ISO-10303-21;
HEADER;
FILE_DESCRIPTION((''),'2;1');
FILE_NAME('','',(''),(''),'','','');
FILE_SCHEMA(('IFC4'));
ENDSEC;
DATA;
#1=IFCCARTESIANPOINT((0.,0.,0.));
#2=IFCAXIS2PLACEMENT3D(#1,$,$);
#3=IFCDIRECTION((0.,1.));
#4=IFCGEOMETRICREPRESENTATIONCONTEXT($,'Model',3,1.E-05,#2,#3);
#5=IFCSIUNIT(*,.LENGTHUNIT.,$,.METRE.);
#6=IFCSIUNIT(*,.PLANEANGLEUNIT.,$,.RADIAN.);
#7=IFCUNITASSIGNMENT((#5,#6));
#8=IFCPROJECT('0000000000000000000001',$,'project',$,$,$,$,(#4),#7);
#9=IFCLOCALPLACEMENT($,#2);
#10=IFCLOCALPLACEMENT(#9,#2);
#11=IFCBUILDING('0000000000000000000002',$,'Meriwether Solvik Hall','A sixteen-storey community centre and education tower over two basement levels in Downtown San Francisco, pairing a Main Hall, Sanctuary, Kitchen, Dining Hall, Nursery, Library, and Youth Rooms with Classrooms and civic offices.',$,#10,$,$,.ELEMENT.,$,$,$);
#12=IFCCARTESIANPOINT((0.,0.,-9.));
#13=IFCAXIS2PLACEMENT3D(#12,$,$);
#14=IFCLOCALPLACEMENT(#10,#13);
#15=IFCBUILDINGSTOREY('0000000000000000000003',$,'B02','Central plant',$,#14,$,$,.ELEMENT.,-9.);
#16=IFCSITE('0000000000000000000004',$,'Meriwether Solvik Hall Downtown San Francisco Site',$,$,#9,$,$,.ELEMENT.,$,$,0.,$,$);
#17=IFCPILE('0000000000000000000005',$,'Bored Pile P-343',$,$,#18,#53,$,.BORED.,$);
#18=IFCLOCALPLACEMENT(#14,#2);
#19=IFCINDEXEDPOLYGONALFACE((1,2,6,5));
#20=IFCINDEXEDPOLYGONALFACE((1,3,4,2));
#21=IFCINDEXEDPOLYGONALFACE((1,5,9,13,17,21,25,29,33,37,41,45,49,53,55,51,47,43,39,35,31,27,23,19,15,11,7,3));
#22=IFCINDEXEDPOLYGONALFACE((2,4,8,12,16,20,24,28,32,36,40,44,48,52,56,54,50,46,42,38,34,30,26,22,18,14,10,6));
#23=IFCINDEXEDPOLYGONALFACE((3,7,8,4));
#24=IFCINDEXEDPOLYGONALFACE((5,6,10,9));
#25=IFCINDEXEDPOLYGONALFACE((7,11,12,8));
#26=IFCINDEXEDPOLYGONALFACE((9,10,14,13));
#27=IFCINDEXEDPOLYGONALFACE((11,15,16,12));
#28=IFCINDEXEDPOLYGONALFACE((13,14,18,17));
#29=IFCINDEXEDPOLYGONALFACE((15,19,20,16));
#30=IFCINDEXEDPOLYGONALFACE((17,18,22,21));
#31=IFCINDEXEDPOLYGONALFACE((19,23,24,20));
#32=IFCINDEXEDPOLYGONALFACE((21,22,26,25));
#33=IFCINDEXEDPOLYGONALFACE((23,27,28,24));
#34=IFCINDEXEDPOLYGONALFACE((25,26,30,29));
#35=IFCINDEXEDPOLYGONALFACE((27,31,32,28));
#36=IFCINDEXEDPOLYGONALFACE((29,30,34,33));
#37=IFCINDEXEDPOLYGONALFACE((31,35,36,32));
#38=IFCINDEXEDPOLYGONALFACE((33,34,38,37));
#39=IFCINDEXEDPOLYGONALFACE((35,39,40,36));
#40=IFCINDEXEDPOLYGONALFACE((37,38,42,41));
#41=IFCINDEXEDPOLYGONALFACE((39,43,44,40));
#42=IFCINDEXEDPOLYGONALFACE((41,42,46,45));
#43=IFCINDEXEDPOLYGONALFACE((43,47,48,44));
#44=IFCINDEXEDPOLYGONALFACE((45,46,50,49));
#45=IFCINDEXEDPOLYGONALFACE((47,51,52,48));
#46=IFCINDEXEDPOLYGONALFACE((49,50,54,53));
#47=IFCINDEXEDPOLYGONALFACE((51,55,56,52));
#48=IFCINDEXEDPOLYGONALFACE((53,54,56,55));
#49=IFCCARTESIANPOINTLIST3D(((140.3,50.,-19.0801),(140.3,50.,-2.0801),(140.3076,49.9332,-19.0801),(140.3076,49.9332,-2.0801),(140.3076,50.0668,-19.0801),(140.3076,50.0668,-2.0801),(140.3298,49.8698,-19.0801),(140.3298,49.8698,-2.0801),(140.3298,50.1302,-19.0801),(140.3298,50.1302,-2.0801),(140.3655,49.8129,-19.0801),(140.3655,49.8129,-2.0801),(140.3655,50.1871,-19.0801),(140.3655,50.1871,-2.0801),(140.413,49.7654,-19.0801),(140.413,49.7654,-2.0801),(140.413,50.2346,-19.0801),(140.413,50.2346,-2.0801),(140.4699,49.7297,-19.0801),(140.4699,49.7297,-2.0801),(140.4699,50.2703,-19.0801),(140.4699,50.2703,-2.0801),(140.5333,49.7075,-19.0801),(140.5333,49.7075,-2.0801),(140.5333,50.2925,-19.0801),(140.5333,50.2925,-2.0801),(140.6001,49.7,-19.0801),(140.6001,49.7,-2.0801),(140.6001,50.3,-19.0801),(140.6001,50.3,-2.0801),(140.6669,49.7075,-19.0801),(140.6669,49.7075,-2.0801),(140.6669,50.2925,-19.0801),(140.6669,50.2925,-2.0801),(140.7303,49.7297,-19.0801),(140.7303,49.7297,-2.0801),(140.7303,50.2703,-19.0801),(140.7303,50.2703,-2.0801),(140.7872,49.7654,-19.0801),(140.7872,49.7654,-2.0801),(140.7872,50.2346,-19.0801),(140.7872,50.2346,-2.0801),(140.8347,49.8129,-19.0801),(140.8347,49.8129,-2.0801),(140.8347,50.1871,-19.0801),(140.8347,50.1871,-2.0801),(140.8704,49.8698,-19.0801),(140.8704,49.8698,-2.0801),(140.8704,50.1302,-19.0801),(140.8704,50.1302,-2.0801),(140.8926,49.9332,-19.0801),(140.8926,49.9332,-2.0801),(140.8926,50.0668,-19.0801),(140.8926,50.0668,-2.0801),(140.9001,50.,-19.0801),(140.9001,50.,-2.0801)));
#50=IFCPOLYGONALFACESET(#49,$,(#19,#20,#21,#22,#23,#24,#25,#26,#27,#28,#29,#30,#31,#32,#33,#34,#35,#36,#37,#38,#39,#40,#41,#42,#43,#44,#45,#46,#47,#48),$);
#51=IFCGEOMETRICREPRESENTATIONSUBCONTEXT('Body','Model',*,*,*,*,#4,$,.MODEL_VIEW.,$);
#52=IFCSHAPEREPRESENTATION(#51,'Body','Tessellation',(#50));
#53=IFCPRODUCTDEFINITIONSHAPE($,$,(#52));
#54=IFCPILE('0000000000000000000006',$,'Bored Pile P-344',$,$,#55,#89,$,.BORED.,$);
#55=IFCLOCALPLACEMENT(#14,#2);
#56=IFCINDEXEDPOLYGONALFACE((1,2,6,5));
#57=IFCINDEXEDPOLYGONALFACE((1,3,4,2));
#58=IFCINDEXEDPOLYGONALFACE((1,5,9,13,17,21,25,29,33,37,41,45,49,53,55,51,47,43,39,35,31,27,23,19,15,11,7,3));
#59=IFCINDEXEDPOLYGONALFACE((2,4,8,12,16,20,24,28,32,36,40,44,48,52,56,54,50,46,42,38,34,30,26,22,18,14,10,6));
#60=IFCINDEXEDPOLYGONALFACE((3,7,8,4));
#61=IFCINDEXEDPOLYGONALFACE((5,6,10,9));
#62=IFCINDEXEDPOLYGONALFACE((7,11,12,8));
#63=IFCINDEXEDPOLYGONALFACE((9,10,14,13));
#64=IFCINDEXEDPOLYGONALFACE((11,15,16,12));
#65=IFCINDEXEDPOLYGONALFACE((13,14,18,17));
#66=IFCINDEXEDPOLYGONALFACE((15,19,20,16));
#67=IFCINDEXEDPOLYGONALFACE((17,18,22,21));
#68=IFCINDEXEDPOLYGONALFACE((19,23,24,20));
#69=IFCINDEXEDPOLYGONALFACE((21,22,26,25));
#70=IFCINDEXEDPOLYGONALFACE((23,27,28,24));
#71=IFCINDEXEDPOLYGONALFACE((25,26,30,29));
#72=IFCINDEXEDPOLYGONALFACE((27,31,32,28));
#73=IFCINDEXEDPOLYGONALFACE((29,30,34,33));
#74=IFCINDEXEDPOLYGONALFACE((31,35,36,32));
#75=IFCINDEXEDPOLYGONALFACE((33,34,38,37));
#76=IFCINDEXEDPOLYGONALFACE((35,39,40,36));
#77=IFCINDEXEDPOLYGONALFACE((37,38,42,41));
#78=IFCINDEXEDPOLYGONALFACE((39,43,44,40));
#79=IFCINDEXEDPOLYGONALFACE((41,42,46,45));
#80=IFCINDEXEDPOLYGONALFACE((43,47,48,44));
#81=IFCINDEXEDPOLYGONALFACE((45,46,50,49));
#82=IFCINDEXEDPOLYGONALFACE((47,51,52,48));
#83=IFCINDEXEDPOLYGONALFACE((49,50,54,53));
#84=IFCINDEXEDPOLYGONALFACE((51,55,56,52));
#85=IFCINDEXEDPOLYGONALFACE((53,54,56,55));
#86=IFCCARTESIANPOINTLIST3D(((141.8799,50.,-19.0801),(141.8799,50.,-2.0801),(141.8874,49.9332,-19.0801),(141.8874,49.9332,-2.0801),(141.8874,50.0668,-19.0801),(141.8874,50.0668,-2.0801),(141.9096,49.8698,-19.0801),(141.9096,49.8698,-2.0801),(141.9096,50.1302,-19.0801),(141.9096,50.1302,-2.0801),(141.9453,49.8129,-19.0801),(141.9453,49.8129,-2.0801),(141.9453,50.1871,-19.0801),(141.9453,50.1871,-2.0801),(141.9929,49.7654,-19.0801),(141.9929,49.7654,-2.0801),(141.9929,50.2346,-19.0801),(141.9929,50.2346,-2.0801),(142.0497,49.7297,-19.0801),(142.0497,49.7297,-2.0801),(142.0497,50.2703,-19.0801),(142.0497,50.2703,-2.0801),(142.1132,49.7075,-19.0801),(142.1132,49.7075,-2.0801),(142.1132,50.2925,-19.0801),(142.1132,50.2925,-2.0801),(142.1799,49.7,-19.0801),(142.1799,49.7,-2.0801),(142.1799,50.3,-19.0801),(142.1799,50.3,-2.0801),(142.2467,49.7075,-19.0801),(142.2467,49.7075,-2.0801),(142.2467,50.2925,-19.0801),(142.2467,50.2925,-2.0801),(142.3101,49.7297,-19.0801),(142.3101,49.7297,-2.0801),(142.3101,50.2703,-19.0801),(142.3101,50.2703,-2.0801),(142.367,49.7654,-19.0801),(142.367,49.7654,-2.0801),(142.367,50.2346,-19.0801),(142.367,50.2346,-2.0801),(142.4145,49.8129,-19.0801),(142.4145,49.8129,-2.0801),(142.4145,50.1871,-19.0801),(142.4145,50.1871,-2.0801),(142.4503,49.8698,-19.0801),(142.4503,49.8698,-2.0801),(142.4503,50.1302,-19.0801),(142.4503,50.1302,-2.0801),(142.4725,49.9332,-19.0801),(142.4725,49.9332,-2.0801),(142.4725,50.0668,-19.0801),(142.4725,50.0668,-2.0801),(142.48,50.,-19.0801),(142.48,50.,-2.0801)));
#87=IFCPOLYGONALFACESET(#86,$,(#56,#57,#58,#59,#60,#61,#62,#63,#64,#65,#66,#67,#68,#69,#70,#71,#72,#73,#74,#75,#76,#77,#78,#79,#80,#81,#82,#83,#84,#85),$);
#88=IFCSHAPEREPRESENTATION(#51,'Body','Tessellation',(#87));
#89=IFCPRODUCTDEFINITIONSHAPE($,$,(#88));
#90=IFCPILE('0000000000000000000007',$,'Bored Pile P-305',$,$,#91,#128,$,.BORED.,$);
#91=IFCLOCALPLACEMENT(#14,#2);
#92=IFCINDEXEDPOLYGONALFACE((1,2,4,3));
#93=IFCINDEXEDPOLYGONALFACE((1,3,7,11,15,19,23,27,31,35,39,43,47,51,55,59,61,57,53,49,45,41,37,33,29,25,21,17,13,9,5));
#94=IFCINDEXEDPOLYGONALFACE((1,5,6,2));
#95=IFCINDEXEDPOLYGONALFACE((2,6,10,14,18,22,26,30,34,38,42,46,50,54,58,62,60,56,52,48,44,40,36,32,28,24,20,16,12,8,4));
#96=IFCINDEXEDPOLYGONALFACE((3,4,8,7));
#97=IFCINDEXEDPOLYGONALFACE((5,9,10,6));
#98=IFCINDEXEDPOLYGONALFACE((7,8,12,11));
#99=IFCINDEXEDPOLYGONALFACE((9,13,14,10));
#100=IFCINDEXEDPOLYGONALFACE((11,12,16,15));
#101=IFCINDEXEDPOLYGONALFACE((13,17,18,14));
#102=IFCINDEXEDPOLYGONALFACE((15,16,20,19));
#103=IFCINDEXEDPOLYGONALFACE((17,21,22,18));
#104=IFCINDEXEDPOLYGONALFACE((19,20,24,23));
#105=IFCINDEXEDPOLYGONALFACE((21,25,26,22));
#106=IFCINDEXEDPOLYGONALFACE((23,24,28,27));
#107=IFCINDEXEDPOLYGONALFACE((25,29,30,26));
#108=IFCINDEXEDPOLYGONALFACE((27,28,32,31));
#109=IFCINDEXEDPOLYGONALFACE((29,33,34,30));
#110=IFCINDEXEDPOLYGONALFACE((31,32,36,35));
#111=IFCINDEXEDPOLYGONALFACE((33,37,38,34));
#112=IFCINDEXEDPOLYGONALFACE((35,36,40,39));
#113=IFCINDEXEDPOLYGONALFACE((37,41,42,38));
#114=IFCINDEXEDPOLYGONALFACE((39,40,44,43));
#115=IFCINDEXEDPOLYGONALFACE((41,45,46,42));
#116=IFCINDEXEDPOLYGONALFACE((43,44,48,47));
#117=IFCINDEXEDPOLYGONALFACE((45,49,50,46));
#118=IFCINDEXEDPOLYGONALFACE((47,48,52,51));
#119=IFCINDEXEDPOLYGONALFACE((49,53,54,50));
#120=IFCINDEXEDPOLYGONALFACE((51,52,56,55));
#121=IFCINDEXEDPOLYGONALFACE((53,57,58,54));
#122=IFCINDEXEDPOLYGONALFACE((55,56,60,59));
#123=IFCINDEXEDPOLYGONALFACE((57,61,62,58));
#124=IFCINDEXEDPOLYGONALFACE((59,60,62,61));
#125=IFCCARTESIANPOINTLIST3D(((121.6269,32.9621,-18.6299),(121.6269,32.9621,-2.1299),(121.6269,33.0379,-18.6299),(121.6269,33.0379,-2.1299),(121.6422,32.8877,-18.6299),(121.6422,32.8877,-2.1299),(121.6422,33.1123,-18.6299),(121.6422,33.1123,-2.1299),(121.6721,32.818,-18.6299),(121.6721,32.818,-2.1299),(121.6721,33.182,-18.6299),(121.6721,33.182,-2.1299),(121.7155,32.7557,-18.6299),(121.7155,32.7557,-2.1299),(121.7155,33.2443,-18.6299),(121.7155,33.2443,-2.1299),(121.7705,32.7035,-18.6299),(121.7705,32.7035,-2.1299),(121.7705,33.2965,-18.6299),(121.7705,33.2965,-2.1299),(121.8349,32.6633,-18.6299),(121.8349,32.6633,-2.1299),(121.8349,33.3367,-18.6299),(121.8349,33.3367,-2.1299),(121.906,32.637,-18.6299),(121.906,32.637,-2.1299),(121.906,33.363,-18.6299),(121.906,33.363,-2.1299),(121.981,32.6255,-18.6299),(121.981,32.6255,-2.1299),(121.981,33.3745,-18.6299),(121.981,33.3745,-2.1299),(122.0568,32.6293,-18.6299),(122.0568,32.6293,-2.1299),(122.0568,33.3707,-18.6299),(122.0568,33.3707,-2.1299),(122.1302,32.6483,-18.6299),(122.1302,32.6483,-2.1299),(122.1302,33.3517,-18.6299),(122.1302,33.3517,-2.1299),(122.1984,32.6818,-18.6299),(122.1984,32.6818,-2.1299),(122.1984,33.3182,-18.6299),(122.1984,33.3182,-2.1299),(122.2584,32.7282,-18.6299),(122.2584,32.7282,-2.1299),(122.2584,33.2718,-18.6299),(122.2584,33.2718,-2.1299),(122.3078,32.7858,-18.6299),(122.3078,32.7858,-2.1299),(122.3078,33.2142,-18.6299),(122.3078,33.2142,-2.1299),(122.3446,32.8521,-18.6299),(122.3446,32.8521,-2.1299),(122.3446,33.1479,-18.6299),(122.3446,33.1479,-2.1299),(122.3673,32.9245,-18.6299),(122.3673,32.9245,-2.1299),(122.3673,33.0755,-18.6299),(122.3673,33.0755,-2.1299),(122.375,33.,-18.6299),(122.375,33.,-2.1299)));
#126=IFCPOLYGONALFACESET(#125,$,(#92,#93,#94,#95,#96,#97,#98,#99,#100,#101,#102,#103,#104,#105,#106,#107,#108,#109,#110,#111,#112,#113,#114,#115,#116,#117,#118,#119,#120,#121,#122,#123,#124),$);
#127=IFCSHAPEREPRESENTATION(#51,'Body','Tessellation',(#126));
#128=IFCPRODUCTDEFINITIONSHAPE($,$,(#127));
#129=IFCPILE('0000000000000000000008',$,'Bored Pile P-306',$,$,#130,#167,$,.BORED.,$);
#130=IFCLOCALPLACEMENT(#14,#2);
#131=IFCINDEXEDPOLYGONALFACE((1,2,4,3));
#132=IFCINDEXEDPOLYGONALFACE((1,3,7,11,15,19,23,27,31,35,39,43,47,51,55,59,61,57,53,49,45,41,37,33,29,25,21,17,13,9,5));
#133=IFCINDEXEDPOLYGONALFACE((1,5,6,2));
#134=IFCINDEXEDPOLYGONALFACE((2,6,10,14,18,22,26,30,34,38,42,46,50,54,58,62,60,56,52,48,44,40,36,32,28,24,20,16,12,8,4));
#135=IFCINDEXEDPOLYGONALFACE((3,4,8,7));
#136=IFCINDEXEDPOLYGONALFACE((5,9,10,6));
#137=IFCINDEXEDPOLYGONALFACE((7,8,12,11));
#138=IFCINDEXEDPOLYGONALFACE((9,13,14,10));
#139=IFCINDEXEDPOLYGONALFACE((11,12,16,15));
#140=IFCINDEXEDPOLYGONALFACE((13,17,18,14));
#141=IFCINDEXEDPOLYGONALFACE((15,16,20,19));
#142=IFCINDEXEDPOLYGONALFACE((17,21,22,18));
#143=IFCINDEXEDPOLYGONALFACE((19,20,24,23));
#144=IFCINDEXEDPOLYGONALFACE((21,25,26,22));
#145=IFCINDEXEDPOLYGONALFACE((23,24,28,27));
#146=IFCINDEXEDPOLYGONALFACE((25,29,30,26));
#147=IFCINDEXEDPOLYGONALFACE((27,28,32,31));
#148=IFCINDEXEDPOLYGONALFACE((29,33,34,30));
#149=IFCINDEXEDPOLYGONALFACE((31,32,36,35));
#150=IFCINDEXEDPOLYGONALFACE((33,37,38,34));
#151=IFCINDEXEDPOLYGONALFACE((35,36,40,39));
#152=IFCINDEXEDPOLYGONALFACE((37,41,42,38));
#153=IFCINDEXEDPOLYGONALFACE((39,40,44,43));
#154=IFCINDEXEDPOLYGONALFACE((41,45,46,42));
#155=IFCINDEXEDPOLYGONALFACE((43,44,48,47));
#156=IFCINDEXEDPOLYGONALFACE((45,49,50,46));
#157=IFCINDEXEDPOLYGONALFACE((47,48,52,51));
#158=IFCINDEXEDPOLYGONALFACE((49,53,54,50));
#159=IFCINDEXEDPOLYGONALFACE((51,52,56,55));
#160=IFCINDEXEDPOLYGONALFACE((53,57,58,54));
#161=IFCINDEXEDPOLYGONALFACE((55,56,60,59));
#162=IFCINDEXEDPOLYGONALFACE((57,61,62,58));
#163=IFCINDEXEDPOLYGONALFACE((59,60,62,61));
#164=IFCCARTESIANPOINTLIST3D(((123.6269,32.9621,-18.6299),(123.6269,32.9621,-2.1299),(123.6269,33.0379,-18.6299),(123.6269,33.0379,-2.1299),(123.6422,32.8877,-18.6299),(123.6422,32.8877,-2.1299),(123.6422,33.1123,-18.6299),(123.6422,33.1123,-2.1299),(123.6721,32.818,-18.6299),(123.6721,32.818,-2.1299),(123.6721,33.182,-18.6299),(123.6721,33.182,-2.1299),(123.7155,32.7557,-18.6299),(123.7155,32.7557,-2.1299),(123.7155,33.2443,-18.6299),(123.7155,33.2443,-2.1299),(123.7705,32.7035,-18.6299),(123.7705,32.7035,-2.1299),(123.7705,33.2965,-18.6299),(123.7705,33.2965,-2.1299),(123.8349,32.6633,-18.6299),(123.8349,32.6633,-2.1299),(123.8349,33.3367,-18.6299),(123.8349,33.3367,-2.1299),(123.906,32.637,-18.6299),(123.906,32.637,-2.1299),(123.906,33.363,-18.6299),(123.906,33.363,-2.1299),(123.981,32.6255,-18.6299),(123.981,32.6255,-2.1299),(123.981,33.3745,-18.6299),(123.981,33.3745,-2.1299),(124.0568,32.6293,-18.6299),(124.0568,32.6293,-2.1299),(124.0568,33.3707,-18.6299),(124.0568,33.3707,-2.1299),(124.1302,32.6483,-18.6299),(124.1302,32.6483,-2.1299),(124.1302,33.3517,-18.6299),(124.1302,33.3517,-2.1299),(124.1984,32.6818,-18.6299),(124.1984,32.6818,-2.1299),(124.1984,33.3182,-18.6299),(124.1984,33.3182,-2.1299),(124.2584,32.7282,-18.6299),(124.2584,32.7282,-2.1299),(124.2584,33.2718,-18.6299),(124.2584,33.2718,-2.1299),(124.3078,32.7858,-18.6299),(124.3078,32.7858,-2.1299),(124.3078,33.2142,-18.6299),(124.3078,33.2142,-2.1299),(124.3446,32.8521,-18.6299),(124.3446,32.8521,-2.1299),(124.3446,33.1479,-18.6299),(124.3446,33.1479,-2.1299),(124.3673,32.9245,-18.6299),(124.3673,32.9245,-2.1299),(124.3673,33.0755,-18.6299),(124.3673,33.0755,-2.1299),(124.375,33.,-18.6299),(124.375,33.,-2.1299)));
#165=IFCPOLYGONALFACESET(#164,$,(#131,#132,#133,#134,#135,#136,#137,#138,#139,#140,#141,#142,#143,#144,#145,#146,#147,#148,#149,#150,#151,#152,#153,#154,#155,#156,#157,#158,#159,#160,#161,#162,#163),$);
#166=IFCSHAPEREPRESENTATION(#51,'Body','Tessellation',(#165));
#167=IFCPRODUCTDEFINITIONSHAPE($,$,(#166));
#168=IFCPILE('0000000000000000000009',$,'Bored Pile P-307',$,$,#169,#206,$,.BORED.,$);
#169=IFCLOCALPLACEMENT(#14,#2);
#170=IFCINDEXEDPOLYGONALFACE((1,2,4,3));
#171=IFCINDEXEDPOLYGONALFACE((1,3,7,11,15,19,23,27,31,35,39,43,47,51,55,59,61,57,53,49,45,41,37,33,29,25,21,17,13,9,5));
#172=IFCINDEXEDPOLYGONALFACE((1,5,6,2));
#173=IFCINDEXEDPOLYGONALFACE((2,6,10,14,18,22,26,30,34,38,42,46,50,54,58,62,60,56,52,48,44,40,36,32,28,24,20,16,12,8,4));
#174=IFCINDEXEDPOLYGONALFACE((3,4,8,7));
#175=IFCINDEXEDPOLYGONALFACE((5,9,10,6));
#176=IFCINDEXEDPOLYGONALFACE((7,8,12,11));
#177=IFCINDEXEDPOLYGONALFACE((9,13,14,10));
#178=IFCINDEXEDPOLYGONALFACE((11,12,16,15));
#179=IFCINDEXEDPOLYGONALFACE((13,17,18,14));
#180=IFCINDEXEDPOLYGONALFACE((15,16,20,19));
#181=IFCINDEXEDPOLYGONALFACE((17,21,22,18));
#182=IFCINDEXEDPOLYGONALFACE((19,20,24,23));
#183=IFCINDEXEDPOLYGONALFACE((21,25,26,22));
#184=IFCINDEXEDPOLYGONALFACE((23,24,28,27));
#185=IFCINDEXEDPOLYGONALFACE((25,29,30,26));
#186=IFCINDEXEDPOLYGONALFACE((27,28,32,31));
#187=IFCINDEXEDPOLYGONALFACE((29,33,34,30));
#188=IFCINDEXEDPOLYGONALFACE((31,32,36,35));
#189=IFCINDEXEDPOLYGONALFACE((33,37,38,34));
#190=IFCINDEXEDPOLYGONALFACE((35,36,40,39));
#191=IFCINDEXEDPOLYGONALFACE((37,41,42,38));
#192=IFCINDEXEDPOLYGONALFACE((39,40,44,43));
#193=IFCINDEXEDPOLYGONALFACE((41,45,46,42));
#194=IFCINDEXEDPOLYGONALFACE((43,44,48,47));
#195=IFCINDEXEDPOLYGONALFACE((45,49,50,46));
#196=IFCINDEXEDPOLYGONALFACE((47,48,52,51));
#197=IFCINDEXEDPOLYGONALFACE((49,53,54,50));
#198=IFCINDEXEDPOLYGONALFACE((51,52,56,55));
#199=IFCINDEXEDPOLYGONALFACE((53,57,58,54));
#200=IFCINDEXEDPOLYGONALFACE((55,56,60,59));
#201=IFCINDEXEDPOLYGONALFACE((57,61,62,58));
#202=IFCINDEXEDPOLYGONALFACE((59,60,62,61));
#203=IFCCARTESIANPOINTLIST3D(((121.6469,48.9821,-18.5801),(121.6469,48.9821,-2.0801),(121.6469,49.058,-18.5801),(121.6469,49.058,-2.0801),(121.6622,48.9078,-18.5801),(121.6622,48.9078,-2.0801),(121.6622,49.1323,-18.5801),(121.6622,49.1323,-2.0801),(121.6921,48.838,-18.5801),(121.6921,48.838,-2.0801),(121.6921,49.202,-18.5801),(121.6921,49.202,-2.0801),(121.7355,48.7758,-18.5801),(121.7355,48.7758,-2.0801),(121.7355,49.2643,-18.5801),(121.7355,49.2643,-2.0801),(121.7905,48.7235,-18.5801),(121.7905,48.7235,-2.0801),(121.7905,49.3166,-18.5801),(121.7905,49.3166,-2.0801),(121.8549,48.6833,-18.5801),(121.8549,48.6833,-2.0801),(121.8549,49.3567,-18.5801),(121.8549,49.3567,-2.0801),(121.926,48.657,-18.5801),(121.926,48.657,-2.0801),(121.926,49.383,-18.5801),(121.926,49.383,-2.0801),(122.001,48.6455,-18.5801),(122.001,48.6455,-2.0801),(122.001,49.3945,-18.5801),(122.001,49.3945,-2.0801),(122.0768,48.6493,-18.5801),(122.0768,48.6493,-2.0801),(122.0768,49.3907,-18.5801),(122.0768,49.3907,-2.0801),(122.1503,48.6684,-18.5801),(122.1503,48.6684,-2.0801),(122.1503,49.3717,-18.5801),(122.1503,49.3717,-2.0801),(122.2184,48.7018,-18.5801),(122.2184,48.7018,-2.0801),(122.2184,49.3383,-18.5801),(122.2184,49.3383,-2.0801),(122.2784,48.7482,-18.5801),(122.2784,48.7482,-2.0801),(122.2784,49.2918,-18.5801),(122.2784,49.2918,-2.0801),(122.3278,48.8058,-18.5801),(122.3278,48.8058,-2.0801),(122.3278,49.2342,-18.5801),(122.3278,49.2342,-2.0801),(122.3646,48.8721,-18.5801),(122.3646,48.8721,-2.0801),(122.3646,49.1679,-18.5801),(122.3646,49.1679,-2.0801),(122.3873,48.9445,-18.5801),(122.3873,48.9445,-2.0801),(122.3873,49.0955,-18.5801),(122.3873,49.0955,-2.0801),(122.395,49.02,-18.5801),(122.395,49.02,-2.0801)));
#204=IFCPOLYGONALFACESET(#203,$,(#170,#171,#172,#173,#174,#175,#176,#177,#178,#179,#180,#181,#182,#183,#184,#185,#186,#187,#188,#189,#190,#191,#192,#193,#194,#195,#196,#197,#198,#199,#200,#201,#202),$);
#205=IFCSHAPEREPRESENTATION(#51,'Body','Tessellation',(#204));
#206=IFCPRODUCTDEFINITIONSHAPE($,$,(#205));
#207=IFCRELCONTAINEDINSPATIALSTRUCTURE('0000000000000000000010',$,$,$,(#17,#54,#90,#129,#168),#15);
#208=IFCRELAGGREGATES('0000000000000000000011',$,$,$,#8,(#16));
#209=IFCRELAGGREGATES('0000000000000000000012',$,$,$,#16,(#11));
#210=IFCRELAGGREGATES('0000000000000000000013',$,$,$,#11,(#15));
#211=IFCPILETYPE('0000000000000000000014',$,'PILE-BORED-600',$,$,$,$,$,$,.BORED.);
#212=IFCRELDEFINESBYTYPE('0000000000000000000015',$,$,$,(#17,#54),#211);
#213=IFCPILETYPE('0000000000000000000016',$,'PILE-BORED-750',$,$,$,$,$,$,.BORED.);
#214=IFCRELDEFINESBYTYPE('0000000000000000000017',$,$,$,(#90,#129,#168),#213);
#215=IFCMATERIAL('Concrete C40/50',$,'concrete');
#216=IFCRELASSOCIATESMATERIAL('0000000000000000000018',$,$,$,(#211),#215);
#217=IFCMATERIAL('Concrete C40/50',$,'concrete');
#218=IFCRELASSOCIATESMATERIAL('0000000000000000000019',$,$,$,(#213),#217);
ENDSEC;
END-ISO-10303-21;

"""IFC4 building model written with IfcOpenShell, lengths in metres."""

from ifc_helpers import new_model, si_unit, direction, frame, origin, origin_2d, place, context, subcontext, project, spatial, circle, extrude, material, material_profile, profile_set, type_object, element, save


model = new_model("IFC4")

# Units and contexts
model_context = context("Model", 3, precision=1e-05, world=origin(), true_north=direction((0.0, 1.0)))
body_context = subcontext(model_context, "Body", "Model", "MODEL_VIEW")
ifc_project = project(units=[si_unit("LENGTHUNIT", "METRE"), si_unit("PLANEANGLEUNIT", "RADIAN")], contexts=[model_context])

# Site, building, storey
site_placement = place(None, origin())
site = spatial("IfcSite", under=ifc_project, at=site_placement, Name="Meriwether Solvik Hall Downtown San Francisco Site", CompositionType="ELEMENT", RefElevation=0.0)
building_placement = place(site_placement, origin())
building = spatial("IfcBuilding", under=site, at=building_placement, Name="Meriwether Solvik Hall", Description="A sixteen-storey community centre and education tower over two basement levels in Downtown San Francisco, pairing a Main Hall, Sanctuary, Kitchen, Dining Hall, Nursery, Library, and Youth Rooms with Classrooms and civic offices.", CompositionType="ELEMENT")
storey_placement = place(building_placement, frame((0.0, 0.0, -9.0)))
storey = spatial("IfcBuildingStorey", under=building, at=storey_placement, Name="B02", Description="Central plant", CompositionType="ELEMENT", Elevation=-9.0)

# Piles
ifc_material_1 = material(Name="Concrete C40/50", Category="concrete")
ifc_material_profile_1 = material_profile(ifc_material_1, circle(Radius=0.3, at=origin_2d()), Name="PILE-D600")
ifc_profile_set_1 = profile_set([ifc_material_profile_1], Name="Concrete C40/50")
pile_type_1 = type_object("IfcPileType", Name="PILE-BORED-600", PredefinedType="BORED", material=ifc_profile_set_1)
for number, where, z_axis, x_axis, name in (
    (1, (140.6001, 50.0, -2.0801), (0.0, 0.0, -1.0), (1.0, 0.0, 0.0), "Bored Pile P-343"),
    (2, (142.1799, 50.0, -2.0801), (0.0, 0.0, -1.0), (1.0, 0.0, 0.0), "Bored Pile P-344"),
):
    element("IfcPile", number, at=place(storey_placement, frame(where, z_axis=z_axis, x_axis=x_axis)), inside=storey, type_object=pile_type_1, Name=name, PredefinedType="BORED", context=body_context, shape_type="SweptSolid", body=[
        extrude(circle(Radius=0.3, at=origin_2d()), origin(), (0.0, 0.0, 1.0), 17.0),
    ])
ifc_material_2 = material(Name="Concrete C40/50", Category="concrete")
ifc_material_profile_2 = material_profile(ifc_material_2, circle(Radius=0.375, at=origin_2d()), Name="PILE-D750")
ifc_profile_set_2 = profile_set([ifc_material_profile_2], Name="Concrete C40/50")
pile_type_2 = type_object("IfcPileType", Name="PILE-BORED-750", PredefinedType="BORED", material=ifc_profile_set_2)
for number, where, z_axis, x_axis, name in (
    (3, (122.0, 33.0, -2.1299), (0.0, 0.0, -1.0), (1.0, 0.0, 0.0), "Bored Pile P-305"),
    (4, (124.0, 33.0, -2.1299), (0.0, 0.0, -1.0), (1.0, 0.0, 0.0), "Bored Pile P-306"),
    (5, (122.02, 49.02, -2.0801), (0.0, 0.0, -1.0), (1.0, 0.0, 0.0), "Bored Pile P-307"),
):
    element("IfcPile", number, at=place(storey_placement, frame(where, z_axis=z_axis, x_axis=x_axis)), inside=storey, type_object=pile_type_2, Name=name, PredefinedType="BORED", context=body_context, shape_type="SweptSolid", body=[
        extrude(circle(Radius=0.375, at=origin_2d()), origin(), (0.0, 0.0, 1.0), 16.5),
    ])

save(model, "model.ifc")
